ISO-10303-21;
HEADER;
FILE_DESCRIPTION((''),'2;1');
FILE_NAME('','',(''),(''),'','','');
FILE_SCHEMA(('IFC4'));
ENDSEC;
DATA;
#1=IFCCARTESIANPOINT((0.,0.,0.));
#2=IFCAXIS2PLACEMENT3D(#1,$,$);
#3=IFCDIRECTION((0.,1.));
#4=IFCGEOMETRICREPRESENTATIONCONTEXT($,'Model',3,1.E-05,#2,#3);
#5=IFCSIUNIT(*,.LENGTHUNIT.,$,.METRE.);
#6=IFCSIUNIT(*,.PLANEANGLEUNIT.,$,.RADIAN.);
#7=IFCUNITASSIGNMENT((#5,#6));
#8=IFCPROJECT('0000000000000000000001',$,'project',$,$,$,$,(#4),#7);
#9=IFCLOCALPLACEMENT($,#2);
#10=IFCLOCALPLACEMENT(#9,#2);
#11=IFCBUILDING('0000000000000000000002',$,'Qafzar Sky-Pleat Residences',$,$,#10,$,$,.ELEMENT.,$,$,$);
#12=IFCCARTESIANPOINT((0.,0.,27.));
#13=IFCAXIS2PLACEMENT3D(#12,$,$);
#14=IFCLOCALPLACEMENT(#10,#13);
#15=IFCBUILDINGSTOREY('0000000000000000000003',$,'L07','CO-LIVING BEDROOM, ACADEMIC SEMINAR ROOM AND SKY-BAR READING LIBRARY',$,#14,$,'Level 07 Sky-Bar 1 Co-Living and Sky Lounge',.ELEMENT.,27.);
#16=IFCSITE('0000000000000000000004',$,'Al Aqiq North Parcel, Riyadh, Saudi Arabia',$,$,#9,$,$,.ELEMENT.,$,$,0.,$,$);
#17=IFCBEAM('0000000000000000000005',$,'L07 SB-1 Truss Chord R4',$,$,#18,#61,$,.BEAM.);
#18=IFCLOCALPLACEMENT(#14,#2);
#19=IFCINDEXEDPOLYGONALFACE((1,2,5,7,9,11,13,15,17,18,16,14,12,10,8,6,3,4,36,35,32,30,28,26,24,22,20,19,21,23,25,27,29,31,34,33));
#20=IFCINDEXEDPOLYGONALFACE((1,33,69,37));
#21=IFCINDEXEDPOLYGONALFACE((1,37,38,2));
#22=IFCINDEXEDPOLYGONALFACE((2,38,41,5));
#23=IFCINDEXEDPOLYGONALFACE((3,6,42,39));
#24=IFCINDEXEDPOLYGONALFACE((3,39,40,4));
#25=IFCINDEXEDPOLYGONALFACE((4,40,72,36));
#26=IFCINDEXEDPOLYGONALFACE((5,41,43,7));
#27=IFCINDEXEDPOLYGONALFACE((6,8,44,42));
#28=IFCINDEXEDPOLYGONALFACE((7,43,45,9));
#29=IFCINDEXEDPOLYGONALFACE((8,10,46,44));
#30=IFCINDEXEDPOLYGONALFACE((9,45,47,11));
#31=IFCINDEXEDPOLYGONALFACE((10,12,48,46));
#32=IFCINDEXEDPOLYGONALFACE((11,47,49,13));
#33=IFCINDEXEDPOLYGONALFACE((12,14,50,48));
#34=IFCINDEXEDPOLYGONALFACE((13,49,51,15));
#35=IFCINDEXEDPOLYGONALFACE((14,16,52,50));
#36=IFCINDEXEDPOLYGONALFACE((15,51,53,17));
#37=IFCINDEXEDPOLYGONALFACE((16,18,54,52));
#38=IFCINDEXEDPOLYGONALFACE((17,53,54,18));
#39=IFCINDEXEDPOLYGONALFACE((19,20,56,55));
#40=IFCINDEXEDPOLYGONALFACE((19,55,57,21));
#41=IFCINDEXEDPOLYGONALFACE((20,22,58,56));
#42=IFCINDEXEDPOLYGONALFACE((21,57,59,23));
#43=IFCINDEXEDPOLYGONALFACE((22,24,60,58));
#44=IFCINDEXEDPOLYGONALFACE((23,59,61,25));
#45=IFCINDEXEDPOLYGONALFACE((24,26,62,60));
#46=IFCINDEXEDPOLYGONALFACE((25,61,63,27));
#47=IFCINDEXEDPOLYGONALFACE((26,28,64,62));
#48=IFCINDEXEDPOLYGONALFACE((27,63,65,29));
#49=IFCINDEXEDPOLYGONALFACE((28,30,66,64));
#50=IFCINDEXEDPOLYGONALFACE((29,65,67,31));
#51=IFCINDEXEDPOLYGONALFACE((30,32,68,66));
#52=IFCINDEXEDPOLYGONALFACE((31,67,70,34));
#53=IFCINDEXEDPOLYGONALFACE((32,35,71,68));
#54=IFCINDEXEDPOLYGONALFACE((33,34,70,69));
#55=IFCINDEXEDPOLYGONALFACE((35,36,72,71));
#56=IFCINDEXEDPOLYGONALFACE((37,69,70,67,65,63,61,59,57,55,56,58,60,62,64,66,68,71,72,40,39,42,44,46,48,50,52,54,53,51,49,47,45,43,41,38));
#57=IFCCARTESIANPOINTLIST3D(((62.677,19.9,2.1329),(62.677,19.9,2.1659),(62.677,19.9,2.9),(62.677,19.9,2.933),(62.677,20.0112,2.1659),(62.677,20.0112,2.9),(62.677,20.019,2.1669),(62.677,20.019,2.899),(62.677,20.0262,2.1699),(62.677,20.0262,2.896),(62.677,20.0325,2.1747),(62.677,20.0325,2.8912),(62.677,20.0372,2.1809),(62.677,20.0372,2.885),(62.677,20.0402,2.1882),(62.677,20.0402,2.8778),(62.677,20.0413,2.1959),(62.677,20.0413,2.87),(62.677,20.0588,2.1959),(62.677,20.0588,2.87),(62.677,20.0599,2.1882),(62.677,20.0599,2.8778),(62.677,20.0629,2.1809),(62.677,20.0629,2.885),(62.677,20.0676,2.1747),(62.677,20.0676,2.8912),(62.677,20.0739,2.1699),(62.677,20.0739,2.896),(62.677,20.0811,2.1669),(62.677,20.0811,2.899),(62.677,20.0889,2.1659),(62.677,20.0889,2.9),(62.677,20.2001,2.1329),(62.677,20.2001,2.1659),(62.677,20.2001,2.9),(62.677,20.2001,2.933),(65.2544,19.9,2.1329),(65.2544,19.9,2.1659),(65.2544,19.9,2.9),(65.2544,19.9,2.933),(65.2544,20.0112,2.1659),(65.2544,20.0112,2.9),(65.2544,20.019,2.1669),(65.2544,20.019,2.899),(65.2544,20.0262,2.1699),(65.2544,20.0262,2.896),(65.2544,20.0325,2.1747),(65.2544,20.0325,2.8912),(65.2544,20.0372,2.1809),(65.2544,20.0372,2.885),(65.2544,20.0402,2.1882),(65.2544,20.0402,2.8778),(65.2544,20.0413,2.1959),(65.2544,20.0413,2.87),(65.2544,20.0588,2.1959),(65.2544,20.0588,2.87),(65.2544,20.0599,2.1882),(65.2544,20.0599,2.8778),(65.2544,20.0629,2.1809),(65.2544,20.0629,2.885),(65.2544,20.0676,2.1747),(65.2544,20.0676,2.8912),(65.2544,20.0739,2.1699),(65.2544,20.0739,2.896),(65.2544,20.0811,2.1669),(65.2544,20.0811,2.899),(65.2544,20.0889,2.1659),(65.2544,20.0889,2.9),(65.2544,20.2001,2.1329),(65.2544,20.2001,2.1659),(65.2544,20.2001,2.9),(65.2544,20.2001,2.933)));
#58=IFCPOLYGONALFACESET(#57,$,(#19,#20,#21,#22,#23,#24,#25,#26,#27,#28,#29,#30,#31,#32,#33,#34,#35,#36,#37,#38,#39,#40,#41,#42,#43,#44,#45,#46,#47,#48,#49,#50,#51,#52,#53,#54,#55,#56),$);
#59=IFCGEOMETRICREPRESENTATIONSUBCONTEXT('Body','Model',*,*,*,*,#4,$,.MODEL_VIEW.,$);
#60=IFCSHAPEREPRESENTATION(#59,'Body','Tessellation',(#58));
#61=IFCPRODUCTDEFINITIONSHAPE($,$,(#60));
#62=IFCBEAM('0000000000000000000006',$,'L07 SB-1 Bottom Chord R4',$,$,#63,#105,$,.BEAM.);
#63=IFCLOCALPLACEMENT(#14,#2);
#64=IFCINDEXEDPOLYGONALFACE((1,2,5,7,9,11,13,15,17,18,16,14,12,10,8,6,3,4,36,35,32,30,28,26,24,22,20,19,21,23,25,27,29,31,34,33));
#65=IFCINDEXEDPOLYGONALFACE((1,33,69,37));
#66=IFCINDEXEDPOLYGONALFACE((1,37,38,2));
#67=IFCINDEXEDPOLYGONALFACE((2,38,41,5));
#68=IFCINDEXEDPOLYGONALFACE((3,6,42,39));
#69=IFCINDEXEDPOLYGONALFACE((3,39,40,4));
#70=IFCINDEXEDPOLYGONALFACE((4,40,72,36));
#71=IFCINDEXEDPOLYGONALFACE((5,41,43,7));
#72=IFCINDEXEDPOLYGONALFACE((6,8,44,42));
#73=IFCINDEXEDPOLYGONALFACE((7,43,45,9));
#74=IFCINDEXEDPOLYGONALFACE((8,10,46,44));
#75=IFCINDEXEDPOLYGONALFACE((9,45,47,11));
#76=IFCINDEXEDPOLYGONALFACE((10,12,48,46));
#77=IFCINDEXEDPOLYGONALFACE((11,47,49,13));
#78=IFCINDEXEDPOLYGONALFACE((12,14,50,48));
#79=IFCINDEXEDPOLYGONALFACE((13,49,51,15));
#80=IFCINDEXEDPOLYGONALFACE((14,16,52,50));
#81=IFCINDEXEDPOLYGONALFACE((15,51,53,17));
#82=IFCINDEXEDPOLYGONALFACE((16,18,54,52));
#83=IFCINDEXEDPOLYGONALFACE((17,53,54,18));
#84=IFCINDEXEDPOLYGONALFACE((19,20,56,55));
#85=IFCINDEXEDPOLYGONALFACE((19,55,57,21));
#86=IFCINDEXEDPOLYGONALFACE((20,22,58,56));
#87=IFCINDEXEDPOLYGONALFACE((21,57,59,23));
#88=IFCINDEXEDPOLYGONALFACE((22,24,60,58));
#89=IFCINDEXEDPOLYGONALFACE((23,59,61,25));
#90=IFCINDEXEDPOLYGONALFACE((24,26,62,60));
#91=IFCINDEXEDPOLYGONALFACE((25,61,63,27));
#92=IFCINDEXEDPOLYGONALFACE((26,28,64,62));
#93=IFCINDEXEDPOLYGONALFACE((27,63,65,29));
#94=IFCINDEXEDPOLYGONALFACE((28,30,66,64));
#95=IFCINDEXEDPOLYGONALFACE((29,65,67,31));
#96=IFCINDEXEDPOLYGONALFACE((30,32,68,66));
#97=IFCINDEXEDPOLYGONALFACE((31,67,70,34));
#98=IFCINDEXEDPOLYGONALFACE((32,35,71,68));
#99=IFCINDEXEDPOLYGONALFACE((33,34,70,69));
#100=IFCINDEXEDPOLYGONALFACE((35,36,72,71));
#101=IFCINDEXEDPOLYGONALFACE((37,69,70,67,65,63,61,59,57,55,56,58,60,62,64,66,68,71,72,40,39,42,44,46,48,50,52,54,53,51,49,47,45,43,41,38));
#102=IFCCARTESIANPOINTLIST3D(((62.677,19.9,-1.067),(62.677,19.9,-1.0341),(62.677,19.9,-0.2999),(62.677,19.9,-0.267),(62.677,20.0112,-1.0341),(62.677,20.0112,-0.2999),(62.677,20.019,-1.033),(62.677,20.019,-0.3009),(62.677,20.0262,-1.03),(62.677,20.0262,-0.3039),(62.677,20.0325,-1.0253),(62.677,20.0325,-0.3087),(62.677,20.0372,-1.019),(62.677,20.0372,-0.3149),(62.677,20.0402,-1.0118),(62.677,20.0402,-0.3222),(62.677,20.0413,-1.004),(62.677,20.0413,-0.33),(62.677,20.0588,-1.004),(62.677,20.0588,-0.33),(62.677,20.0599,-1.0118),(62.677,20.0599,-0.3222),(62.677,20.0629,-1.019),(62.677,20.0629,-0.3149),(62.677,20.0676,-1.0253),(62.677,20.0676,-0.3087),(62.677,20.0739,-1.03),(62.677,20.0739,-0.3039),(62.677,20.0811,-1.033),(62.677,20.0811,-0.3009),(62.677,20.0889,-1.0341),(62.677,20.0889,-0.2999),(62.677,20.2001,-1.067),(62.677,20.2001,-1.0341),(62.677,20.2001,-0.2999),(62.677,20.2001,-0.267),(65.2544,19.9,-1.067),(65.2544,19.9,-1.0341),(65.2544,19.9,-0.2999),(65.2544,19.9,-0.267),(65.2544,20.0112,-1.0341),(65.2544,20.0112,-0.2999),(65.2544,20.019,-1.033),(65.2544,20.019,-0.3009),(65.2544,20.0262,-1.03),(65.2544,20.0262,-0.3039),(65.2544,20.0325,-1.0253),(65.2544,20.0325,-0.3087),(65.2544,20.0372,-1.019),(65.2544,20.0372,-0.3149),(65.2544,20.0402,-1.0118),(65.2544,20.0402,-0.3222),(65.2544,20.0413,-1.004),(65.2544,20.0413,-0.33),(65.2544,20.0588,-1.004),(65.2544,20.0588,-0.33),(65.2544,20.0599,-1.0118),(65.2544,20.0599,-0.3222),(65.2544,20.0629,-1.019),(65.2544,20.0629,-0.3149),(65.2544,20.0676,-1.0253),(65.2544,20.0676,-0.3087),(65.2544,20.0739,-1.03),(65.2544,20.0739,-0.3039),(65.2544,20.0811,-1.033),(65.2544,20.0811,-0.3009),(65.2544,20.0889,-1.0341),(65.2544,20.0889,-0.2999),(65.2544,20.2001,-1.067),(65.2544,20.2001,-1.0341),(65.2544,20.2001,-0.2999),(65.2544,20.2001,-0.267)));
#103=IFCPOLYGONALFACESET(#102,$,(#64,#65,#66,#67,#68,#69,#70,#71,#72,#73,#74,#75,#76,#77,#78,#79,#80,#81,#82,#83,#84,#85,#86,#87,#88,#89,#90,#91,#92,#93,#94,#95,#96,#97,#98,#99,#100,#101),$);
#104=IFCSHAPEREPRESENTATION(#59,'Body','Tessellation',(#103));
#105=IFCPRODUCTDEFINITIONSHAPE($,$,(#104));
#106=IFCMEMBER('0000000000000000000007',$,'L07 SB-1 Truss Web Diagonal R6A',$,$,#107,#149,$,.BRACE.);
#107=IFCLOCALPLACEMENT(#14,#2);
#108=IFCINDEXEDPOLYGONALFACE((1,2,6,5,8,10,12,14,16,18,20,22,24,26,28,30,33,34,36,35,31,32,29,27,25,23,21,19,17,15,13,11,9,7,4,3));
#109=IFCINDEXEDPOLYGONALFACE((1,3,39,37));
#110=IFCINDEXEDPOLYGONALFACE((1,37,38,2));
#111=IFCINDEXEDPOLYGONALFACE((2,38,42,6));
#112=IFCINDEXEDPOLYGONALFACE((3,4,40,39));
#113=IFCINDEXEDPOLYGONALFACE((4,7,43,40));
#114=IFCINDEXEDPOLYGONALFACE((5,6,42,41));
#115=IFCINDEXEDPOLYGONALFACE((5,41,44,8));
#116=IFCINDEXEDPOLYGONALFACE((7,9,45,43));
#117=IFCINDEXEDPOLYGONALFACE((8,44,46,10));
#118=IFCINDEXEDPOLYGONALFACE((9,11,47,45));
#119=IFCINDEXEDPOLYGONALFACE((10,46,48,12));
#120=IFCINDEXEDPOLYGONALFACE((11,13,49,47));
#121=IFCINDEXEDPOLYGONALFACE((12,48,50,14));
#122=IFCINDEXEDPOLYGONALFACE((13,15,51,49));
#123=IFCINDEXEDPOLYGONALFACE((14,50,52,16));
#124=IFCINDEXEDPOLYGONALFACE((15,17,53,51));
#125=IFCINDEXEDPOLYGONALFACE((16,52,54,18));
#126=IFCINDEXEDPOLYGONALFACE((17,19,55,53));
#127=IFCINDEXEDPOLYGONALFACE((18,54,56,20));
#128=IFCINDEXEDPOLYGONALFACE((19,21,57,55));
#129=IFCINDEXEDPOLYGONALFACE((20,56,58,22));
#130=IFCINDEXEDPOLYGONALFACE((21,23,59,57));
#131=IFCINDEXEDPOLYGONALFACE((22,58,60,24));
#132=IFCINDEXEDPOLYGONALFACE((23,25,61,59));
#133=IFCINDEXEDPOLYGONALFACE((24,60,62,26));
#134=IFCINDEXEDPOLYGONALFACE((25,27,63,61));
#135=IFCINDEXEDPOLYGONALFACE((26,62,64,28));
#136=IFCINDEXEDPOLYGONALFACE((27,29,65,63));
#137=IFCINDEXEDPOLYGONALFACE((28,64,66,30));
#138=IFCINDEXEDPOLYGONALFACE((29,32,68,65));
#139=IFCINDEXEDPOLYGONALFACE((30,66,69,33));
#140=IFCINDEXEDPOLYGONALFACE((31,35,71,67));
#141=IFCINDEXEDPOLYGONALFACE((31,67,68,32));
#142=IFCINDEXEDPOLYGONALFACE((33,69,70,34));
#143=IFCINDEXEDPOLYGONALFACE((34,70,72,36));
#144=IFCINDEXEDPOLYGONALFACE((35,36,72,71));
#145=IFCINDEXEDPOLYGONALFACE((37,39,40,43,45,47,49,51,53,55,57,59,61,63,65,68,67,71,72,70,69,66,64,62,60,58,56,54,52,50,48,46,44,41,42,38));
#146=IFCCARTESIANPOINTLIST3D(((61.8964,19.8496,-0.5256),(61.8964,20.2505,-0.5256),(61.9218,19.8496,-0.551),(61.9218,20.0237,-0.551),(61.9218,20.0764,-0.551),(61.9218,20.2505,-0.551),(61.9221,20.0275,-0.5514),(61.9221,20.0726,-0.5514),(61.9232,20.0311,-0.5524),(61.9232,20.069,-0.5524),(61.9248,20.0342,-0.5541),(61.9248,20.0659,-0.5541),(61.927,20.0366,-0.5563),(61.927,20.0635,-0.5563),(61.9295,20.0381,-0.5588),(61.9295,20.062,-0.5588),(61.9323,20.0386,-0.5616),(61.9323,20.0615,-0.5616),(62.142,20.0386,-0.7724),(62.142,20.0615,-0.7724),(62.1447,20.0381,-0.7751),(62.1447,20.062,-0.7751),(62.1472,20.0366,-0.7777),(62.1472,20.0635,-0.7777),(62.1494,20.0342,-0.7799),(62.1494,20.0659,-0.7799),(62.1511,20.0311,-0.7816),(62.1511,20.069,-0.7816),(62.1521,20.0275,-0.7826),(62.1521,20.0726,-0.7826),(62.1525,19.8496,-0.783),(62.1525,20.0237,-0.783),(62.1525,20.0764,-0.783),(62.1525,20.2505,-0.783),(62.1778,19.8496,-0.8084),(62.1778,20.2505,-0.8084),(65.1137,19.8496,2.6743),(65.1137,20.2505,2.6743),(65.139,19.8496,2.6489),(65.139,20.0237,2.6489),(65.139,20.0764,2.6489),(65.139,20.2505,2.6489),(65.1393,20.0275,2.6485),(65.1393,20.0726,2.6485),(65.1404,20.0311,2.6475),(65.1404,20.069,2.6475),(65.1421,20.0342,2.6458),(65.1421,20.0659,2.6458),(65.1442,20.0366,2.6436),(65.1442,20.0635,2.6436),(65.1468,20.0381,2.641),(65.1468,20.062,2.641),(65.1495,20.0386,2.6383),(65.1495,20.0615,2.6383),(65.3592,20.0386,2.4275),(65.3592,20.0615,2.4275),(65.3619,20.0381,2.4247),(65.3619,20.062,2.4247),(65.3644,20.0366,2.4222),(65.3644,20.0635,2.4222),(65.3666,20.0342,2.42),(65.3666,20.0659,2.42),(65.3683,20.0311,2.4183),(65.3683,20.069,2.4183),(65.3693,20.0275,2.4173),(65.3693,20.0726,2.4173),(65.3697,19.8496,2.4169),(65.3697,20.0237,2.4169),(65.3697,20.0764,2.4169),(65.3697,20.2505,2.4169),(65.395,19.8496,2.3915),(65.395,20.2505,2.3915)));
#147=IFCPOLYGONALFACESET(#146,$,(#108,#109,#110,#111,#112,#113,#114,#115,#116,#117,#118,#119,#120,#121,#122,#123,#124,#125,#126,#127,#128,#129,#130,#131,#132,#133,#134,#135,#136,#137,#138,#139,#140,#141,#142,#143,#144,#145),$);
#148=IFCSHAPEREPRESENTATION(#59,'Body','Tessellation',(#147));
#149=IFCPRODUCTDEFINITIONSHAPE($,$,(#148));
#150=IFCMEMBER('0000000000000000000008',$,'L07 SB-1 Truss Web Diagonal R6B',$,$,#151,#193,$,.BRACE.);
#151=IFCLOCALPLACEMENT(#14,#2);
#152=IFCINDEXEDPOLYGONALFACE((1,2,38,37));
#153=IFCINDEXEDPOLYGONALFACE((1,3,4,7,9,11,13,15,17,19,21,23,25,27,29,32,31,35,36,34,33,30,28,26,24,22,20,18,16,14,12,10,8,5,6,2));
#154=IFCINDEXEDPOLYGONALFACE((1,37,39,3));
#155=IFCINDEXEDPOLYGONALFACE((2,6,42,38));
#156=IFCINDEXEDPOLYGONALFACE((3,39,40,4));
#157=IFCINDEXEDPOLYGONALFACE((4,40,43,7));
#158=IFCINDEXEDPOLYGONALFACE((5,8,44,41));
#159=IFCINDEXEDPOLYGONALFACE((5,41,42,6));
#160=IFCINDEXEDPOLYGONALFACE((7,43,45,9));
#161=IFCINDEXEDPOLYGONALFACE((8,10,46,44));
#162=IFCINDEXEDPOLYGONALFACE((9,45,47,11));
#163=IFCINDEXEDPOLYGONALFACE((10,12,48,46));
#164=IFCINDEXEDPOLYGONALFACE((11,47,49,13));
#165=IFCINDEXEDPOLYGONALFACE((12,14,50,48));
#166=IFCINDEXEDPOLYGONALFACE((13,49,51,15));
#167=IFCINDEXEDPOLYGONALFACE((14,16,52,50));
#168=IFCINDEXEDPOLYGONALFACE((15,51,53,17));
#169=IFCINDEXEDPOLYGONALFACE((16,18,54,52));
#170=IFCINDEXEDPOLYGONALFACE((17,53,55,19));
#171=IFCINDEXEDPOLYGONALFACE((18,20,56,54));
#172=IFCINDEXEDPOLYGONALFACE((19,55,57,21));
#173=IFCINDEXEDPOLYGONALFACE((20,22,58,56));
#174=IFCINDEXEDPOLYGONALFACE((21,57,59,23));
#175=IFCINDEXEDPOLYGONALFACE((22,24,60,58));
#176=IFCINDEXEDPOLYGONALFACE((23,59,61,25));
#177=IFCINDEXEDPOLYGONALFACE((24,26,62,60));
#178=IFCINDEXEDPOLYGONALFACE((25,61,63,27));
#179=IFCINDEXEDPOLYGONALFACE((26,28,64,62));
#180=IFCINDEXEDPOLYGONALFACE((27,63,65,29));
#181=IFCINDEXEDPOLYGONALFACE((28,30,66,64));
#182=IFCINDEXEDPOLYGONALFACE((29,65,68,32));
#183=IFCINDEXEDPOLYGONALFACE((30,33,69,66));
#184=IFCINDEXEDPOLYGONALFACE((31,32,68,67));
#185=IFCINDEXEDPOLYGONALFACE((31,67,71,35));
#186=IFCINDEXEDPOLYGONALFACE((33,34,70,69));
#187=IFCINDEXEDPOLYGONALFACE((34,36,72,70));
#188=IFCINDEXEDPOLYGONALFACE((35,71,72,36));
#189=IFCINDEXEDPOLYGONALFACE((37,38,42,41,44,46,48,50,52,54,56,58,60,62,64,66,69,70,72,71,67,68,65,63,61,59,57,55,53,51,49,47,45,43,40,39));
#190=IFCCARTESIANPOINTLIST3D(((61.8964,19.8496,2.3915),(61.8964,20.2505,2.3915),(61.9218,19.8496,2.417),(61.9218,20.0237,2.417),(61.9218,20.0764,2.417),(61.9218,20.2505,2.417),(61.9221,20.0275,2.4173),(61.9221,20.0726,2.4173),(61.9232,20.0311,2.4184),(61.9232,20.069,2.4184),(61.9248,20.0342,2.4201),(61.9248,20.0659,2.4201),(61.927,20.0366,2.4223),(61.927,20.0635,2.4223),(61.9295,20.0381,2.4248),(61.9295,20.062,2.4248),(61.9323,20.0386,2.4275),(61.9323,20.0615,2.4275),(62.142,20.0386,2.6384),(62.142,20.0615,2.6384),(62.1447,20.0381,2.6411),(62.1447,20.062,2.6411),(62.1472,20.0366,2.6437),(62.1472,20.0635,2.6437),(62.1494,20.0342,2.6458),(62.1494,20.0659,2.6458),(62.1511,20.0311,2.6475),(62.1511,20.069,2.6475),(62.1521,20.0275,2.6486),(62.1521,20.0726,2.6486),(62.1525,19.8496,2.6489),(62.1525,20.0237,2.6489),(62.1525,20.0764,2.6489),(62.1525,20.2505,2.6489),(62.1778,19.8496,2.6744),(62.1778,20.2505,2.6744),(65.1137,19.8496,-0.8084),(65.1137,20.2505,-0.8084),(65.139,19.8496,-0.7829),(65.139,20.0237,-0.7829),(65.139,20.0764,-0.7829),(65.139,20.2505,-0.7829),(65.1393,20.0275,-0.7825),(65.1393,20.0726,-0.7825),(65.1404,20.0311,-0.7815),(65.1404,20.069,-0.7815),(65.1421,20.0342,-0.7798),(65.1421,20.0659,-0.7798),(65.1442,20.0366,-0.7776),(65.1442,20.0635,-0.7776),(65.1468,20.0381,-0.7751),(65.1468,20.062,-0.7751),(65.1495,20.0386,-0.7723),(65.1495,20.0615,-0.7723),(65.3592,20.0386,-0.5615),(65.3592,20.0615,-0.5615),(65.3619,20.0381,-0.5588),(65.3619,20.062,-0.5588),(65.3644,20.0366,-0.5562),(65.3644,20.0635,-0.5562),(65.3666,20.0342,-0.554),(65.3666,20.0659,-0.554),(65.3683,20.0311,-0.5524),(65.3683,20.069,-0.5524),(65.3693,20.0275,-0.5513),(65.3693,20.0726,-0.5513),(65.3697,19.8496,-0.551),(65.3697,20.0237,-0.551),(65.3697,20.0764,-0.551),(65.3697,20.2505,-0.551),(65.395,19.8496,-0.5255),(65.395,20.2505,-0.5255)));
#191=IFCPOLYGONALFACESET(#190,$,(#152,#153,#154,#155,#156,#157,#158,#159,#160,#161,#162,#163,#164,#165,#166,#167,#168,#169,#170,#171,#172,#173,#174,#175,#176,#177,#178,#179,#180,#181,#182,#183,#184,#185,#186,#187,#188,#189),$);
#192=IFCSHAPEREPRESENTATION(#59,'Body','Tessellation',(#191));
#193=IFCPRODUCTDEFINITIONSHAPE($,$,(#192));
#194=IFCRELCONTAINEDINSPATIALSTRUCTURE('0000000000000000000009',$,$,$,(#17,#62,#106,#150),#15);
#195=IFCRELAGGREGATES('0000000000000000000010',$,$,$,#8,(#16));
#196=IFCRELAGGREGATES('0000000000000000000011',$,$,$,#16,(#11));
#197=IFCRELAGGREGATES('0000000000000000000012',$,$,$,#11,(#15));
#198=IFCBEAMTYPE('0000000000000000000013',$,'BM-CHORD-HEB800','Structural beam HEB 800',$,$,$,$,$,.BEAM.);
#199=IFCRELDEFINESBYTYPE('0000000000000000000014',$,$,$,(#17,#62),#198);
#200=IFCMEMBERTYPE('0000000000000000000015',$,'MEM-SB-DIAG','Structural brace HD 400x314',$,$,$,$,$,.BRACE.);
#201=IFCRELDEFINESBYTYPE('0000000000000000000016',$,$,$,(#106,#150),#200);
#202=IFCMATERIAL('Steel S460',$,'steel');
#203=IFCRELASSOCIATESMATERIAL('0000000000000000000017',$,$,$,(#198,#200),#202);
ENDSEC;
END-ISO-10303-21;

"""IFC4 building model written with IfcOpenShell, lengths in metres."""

from ifc_helpers import new_model, si_unit, direction, frame, origin, origin_2d, place, context, subcontext, project, spatial, i_section, extrude, source, transform, mapped, material, material_profile, profile_set, type_object, element, save


model = new_model("IFC4")

# Units and contexts
model_context = context("Model", 3, precision=1e-05, world=origin(), true_north=direction((0.0, 1.0)))
body_context = subcontext(model_context, "Body", "Model", "MODEL_VIEW")
ifc_project = project(units=[si_unit("LENGTHUNIT", "METRE"), si_unit("PLANEANGLEUNIT", "RADIAN")], contexts=[model_context])

# Site, building, storey
site_placement = place(None, origin())
site = spatial("IfcSite", under=ifc_project, at=site_placement, Name="Al Aqiq North Parcel, Riyadh, Saudi Arabia", CompositionType="ELEMENT", RefElevation=0.0)
building_placement = place(site_placement, origin())
building = spatial("IfcBuilding", under=site, at=building_placement, Name="Qafzar Sky-Pleat Residences", CompositionType="ELEMENT")
storey_placement = place(building_placement, frame((0.0, 0.0, 27.0)))
storey = spatial("IfcBuildingStorey", under=building, at=storey_placement, Name="L07", Description="CO-LIVING BEDROOM, ACADEMIC SEMINAR ROOM AND SKY-BAR READING LIBRARY", LongName="Level 07 Sky-Bar 1 Co-Living and Sky Lounge", CompositionType="ELEMENT", Elevation=27.0)

# Beams
ifc_material_1 = material(Name="Steel S460", Category="steel")
ifc_material_profile_1 = material_profile(ifc_material_1, i_section(OverallWidth=0.3, OverallDepth=0.8, WebThickness=0.0176, FlangeThickness=0.033, FilletRadius=0.03, at=origin_2d()), Name="HEB 800")
ifc_profile_set_1 = profile_set([ifc_material_profile_1], Name="Steel S460")
beam_type_1 = type_object("IfcBeamType", Name="BM-CHORD-HEB800", Description="Structural beam HEB 800", PredefinedType="BEAM", material=ifc_profile_set_1)
shared_shape_1 = source(origin(), body_context, "Body", "SweptSolid", [
    extrude(i_section(OverallWidth=0.3, OverallDepth=0.8, WebThickness=0.0176, FlangeThickness=0.033, FilletRadius=0.03, at=origin_2d()), origin(), (0.0, 0.0, 1.0), 2.5774),
])
for number, where, z_axis, x_axis, name in (
    (1, (62.677, 20.05, 2.533), (1.0, 0.0, 0.0), (0.0, 1.0, 0.0), "L07 SB-1 Truss Chord R4"),
    (2, (62.677, 20.05, -0.667), (1.0, 0.0, 0.0), (0.0, 1.0, 0.0), "L07 SB-1 Bottom Chord R4"),
):
    element("IfcBeam", number, at=place(storey_placement, frame(where, z_axis=z_axis, x_axis=x_axis)), inside=storey, type_object=beam_type_1, Name=name, PredefinedType="BEAM", context=body_context, shape_type="MappedRepresentation", body=[
        mapped(shared_shape_1, transform((0.0, 0.0, 0.0), x_axis=(1.0, 0.0, 0.0), y_axis=(0.0, 1.0, 0.0), z_axis=(0.0, 0.0, 1.0), scale=1.0)),
    ])

# Members
ifc_material_profile_2 = material_profile(ifc_material_1, i_section(OverallWidth=0.4009, OverallDepth=0.3989, WebThickness=0.0229, FlangeThickness=0.0359, FilletRadius=0.0149, at=origin_2d()), Name="HD 400x314")
ifc_profile_set_2 = profile_set([ifc_material_profile_2], Name="Steel S460")
member_type_1 = type_object("IfcMemberType", Name="MEM-SB-DIAG", Description="Structural brace HD 400x314", PredefinedType="BRACE", material=ifc_profile_set_2)
shared_shape_2 = source(origin(), body_context, "Body", "SweptSolid", [
    extrude(i_section(OverallWidth=0.4009, OverallDepth=0.3989, WebThickness=0.0229, FlangeThickness=0.0359, FilletRadius=0.0149, at=origin_2d()), origin(), (0.0, 0.0, 1.0), 4.5376),
])
for number, where, z_axis, x_axis, name in (
    (3, (62.0371, 20.05, -0.667), (0.709014, 0.0, 0.705194), (0.0, 1.0, 0.0), "L07 SB-1 Truss Web Diagonal R6A"),
    (4, (62.0371, 20.05, 2.533), (0.709014, 0.0, -0.705194), (0.0, 1.0, 0.0), "L07 SB-1 Truss Web Diagonal R6B"),
):
    element("IfcMember", number, at=place(storey_placement, frame(where, z_axis=z_axis, x_axis=x_axis)), inside=storey, type_object=member_type_1, Name=name, PredefinedType="BRACE", context=body_context, shape_type="MappedRepresentation", body=[
        mapped(shared_shape_2, transform((0.0, 0.0, 0.0), x_axis=(1.0, 0.0, 0.0), y_axis=(0.0, 1.0, 0.0), z_axis=(0.0, 0.0, 1.0), scale=1.0)),
    ])

save(model, "model.ifc")
